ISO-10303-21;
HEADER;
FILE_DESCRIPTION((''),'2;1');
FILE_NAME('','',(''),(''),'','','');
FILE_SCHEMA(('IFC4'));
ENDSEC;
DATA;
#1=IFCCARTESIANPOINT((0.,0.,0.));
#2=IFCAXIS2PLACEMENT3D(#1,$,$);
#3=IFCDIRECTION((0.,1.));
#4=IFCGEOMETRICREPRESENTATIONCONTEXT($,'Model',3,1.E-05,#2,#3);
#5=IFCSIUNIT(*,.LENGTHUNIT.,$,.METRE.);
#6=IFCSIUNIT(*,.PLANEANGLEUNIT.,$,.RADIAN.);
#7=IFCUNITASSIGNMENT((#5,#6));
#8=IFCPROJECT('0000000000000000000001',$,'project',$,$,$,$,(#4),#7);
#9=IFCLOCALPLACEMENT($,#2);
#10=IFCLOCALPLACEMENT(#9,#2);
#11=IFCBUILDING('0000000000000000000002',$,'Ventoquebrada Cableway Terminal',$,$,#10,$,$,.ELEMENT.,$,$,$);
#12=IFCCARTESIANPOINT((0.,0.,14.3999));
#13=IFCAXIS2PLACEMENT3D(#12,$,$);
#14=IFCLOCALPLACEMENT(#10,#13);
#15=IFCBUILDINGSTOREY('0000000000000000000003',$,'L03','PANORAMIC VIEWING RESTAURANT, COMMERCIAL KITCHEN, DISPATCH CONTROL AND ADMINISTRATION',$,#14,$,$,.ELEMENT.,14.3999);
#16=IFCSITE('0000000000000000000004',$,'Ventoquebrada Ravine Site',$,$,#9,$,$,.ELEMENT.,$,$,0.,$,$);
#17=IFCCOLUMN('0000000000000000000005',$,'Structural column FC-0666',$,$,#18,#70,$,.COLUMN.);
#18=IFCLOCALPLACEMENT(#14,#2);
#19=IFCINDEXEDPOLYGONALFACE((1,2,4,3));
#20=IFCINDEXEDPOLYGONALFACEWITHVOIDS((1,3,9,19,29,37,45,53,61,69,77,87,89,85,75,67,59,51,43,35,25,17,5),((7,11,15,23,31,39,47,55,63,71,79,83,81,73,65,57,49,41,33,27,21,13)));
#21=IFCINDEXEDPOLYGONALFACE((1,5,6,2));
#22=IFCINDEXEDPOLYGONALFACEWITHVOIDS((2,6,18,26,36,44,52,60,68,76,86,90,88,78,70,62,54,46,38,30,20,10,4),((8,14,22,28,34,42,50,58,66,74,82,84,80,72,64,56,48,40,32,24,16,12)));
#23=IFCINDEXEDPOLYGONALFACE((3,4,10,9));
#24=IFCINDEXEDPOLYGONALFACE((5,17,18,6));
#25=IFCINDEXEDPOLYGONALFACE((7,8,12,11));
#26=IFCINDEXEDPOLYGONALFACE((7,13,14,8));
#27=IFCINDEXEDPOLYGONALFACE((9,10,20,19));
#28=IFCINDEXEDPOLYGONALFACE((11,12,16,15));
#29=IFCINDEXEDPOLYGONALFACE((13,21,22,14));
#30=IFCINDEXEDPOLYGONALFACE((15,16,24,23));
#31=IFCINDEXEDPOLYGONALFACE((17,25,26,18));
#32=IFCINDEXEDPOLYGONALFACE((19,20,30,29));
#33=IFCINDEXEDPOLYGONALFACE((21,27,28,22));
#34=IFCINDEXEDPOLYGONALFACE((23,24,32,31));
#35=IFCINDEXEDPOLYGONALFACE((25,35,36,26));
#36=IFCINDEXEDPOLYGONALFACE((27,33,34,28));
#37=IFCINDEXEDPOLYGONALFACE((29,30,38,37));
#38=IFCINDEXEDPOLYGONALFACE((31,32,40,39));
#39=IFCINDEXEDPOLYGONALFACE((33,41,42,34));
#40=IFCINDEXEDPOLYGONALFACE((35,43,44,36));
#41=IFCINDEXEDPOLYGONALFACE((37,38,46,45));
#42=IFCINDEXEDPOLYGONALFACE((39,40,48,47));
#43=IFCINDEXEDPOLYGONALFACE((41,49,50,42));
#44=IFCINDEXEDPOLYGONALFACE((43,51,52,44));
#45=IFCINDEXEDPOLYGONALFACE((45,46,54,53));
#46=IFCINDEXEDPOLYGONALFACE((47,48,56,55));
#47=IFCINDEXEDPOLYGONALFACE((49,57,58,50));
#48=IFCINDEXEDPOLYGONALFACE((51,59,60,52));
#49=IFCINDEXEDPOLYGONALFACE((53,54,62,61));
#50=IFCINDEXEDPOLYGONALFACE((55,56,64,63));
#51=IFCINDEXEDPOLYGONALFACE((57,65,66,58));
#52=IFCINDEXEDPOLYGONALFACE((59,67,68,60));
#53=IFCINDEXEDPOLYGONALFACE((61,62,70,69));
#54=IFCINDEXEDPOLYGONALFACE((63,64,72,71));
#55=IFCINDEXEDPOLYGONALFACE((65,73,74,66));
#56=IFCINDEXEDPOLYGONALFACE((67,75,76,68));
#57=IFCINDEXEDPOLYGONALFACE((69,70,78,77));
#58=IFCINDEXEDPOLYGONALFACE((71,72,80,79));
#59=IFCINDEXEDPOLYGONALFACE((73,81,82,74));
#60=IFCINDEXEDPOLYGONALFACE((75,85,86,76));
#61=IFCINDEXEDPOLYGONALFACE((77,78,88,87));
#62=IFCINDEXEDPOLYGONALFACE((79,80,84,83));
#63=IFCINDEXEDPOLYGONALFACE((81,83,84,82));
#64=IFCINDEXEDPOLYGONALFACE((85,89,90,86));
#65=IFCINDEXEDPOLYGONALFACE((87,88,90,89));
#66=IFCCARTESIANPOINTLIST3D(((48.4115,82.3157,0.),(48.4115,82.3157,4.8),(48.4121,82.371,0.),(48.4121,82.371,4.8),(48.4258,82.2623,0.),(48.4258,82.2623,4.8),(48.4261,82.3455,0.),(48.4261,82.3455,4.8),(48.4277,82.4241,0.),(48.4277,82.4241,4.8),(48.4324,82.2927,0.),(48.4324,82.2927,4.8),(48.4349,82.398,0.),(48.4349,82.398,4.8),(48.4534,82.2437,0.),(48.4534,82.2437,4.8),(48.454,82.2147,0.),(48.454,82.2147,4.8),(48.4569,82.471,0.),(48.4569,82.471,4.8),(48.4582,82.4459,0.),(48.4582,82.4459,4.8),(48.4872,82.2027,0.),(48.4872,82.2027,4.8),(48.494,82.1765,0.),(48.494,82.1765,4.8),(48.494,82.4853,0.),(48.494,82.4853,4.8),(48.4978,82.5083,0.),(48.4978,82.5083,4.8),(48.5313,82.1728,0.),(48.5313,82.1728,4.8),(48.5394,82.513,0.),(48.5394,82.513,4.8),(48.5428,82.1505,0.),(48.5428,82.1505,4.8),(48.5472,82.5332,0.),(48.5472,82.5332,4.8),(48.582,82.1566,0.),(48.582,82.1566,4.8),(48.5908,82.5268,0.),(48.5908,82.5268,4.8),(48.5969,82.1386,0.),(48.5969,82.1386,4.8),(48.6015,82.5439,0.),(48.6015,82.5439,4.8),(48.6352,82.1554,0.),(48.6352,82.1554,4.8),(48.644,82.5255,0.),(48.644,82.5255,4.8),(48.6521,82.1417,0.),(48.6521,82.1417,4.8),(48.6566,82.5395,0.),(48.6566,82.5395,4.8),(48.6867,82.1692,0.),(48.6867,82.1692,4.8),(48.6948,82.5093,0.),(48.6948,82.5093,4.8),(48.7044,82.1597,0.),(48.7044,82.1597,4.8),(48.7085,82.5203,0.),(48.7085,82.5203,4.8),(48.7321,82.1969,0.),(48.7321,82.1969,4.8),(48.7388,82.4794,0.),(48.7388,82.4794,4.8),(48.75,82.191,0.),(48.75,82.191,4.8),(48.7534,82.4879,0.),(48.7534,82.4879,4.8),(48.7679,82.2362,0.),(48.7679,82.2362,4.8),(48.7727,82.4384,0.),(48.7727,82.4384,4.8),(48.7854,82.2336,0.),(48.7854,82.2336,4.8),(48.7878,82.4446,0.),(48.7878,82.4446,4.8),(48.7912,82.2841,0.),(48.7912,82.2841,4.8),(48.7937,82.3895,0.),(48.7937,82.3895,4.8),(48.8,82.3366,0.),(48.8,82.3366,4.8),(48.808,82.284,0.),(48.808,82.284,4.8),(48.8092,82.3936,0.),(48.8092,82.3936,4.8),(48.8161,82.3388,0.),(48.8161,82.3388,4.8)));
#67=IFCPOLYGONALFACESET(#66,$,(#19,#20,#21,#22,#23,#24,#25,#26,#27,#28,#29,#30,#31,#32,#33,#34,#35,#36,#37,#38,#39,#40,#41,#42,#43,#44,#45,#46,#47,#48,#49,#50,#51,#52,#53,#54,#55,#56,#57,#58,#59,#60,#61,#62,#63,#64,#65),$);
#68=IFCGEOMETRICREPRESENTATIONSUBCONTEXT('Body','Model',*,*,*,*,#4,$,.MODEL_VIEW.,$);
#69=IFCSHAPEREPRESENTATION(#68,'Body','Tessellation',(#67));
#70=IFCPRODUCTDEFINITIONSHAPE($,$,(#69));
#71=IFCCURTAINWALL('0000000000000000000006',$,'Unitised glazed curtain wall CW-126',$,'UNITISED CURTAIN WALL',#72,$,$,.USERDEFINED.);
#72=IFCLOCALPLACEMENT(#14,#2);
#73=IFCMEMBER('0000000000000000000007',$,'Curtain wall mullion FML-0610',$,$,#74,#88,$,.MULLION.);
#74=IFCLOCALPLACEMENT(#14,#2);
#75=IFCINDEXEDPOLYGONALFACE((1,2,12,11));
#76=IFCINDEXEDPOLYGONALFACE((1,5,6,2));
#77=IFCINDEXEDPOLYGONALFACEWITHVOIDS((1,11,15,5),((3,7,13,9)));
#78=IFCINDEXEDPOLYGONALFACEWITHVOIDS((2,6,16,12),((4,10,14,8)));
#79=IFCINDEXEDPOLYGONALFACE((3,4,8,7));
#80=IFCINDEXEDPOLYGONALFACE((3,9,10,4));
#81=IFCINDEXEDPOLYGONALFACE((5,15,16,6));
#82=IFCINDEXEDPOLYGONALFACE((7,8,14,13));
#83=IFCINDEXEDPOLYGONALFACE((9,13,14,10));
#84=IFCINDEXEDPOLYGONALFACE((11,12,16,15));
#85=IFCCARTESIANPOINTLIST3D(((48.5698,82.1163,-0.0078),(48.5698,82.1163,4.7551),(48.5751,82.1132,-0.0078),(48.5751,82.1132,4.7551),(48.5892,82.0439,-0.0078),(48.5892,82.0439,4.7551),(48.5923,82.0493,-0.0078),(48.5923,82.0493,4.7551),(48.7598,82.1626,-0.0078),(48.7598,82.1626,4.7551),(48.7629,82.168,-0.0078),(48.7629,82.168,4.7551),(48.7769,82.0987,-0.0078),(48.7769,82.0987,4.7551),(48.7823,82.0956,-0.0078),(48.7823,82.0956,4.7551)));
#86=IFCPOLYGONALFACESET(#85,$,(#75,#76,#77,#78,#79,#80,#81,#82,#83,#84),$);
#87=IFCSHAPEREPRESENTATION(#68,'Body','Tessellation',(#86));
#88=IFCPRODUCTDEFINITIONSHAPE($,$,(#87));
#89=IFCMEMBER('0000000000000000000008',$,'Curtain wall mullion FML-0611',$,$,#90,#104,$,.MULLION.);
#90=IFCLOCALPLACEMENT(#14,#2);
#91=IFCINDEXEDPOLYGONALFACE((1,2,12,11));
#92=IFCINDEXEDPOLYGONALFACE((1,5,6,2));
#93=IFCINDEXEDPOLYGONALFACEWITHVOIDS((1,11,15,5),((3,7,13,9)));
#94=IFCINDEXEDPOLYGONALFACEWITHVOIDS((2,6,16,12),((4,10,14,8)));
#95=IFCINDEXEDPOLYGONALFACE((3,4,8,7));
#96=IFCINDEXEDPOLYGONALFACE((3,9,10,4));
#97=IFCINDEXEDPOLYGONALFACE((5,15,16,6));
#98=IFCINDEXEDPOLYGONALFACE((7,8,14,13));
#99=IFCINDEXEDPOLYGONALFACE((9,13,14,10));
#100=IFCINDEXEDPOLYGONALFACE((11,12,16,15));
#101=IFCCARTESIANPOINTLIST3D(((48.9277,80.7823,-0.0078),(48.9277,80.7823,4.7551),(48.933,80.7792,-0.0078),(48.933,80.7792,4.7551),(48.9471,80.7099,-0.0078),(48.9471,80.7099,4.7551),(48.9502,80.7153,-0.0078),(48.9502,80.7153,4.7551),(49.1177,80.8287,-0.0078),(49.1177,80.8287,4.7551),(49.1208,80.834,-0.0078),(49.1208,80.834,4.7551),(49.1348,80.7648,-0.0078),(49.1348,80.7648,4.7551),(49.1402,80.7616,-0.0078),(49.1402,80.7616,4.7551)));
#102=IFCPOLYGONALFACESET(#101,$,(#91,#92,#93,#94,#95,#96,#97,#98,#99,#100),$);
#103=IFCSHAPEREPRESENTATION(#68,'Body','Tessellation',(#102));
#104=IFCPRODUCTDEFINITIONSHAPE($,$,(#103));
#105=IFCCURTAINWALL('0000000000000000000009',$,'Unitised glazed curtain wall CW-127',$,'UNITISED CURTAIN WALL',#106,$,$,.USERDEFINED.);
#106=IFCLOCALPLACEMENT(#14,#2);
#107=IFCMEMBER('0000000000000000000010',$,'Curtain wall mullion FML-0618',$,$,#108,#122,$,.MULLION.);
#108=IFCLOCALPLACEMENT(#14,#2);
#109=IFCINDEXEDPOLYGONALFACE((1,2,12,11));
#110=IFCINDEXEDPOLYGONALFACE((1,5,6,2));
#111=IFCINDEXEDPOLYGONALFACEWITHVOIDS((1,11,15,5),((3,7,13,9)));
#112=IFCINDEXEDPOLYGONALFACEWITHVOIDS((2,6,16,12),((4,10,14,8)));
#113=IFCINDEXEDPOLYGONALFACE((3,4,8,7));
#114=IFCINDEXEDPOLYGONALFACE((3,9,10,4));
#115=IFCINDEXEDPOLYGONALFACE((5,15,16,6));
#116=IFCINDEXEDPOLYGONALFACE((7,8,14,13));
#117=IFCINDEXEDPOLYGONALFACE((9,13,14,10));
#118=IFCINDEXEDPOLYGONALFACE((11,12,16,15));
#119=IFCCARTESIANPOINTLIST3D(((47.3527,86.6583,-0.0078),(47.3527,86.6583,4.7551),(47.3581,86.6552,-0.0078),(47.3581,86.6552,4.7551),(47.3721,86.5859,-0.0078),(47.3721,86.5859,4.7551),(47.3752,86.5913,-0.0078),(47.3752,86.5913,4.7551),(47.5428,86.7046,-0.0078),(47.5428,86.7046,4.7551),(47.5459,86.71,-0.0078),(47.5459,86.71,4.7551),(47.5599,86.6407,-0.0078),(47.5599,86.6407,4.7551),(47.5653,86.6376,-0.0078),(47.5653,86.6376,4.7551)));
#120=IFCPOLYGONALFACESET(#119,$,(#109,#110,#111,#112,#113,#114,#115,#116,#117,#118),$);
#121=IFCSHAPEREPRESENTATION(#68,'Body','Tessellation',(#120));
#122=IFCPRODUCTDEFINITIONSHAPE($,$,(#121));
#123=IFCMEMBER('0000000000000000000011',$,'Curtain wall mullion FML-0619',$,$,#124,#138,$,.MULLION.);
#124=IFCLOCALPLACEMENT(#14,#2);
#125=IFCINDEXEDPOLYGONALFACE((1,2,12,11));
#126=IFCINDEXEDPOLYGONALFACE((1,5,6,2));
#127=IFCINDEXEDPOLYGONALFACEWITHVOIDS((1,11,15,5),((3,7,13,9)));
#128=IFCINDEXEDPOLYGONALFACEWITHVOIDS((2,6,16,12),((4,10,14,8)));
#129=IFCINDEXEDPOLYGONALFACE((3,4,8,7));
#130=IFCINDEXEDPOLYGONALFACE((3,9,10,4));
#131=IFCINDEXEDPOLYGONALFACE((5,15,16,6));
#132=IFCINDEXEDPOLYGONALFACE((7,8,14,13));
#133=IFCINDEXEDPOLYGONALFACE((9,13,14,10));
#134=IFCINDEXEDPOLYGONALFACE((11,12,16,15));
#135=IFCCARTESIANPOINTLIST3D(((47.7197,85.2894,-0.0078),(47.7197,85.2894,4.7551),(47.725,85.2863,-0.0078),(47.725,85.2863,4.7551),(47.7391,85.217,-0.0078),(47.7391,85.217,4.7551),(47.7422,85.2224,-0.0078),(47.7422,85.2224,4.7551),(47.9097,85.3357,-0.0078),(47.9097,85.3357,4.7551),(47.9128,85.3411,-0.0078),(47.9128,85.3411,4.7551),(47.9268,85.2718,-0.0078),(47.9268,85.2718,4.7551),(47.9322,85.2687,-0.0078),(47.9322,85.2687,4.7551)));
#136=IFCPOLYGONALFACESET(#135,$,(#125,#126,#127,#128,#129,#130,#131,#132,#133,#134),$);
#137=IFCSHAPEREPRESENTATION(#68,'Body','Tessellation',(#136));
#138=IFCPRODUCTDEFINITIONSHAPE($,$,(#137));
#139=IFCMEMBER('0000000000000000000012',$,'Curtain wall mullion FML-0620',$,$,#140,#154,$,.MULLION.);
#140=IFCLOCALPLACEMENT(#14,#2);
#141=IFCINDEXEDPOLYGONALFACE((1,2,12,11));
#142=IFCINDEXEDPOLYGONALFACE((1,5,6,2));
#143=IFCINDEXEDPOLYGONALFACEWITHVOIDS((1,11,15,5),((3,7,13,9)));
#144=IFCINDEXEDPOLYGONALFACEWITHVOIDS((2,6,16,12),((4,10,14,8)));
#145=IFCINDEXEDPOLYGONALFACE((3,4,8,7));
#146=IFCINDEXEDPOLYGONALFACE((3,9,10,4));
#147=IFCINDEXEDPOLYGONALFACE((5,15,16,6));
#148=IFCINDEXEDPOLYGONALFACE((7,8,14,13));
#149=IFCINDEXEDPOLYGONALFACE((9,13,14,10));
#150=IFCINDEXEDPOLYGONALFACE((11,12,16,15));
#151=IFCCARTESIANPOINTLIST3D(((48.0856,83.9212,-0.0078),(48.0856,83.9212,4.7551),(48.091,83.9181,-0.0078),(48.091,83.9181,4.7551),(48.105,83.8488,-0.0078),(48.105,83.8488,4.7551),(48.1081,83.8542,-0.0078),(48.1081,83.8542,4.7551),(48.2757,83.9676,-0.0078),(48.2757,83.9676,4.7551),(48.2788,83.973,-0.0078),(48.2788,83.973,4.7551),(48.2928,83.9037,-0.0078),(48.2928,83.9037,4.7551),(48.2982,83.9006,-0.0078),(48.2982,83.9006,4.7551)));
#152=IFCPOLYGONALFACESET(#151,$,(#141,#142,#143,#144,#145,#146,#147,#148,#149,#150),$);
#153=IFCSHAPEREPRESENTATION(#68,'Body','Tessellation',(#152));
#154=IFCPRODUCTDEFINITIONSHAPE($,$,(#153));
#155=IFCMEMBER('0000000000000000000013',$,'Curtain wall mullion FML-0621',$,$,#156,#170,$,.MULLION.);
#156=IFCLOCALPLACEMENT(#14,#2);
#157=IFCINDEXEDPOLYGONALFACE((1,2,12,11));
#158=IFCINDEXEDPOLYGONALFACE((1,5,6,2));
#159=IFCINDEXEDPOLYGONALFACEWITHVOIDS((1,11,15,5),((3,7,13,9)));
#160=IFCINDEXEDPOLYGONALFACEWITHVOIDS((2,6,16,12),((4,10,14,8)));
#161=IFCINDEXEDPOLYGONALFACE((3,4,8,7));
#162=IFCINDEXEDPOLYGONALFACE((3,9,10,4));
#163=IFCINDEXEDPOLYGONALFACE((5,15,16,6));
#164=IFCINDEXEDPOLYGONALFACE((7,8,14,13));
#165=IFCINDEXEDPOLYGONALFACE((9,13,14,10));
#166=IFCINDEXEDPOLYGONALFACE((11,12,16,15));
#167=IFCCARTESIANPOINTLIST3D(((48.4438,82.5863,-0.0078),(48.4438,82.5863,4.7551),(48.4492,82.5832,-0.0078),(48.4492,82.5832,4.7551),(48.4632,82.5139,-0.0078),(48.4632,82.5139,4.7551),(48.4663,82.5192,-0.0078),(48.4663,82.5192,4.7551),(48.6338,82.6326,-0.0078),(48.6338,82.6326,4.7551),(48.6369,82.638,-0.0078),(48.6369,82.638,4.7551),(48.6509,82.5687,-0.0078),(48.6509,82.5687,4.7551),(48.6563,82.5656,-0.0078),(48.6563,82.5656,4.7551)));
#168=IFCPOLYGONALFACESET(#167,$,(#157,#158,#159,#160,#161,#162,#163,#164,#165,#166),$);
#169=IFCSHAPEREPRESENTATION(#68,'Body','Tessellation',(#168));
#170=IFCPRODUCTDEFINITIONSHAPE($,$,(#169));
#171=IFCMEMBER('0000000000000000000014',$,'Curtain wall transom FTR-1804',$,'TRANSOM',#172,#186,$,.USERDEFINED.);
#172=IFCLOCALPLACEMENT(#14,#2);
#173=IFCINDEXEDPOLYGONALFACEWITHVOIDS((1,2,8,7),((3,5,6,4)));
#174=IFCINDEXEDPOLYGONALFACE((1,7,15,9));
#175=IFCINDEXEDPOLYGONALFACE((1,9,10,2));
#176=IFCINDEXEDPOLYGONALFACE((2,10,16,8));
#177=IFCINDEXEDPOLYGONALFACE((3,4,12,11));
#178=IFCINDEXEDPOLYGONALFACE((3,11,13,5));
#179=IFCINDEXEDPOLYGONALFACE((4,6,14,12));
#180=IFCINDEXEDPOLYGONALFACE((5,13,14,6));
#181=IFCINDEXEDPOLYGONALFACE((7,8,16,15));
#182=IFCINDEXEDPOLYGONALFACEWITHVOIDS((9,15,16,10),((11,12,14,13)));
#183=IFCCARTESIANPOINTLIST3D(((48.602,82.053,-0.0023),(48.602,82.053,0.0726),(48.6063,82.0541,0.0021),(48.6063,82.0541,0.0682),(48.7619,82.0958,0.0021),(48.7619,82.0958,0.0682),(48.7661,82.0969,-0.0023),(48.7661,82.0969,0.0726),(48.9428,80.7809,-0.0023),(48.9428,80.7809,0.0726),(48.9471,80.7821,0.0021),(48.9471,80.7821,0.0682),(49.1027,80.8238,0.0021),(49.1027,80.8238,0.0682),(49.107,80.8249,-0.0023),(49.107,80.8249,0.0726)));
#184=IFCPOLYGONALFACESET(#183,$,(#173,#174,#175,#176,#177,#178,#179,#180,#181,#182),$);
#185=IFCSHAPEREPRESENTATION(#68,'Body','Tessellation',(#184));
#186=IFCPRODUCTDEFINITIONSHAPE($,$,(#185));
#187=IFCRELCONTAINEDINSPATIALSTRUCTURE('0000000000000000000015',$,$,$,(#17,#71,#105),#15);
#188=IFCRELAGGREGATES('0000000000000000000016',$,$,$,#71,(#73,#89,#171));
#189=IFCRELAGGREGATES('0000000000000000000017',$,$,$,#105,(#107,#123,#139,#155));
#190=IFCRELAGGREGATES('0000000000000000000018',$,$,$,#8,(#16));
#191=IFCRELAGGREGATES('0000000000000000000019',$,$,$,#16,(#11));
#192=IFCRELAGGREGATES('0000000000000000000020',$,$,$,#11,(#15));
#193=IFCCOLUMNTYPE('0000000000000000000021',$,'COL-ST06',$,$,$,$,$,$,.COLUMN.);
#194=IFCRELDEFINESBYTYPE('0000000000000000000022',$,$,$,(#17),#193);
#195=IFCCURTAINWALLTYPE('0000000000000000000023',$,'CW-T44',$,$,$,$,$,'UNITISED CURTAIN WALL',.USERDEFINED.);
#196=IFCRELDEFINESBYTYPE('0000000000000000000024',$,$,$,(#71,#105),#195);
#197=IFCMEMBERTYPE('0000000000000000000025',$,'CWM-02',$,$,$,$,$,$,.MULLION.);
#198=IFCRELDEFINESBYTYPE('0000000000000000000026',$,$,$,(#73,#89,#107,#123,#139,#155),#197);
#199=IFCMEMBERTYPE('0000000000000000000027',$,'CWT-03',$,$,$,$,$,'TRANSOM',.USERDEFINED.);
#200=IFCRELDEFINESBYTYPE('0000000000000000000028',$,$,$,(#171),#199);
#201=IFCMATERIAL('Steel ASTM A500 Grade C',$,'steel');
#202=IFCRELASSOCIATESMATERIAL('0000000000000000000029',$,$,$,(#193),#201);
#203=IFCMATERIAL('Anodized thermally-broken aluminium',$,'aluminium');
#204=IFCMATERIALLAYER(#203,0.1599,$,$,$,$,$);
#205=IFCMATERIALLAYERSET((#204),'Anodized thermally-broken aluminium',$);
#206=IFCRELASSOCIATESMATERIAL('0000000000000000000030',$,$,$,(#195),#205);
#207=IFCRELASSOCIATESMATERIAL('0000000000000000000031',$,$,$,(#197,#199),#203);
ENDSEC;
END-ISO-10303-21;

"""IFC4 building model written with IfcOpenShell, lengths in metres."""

from ifc_helpers import new_model, si_unit, direction, frame, origin, origin_2d, place, context, subcontext, project, spatial, hollow_rectangle, hollow_circle, extrude, material, layer, layer_set, material_profile, profile_set, type_object, element, aggregate, save


model = new_model("IFC4")

# Units and contexts
model_context = context("Model", 3, precision=1e-05, world=origin(), true_north=direction((0.0, 1.0)))
body_context = subcontext(model_context, "Body", "Model", "MODEL_VIEW")
ifc_project = project(units=[si_unit("LENGTHUNIT", "METRE"), si_unit("PLANEANGLEUNIT", "RADIAN")], contexts=[model_context])

# Site, building, storey
site_placement = place(None, origin())
site = spatial("IfcSite", under=ifc_project, at=site_placement, Name="Ventoquebrada Ravine Site", CompositionType="ELEMENT", RefElevation=0.0)
building_placement = place(site_placement, origin())
building = spatial("IfcBuilding", under=site, at=building_placement, Name="Ventoquebrada Cableway Terminal", CompositionType="ELEMENT")
storey_placement = place(building_placement, frame((0.0, 0.0, 14.3999)))
storey = spatial("IfcBuildingStorey", under=building, at=storey_placement, Name="L03", Description="PANORAMIC VIEWING RESTAURANT, COMMERCIAL KITCHEN, DISPATCH CONTROL AND ADMINISTRATION", CompositionType="ELEMENT", Elevation=14.3999)

# Column
ifc_material_1 = material(Name="Steel ASTM A500 Grade C", Category="steel")
ifc_material_profile_1 = material_profile(ifc_material_1, hollow_circle(Radius=0.2031, WallThickness=0.0161, at=origin_2d()), Name="CHS406.4X16")
ifc_profile_set_1 = profile_set([ifc_material_profile_1], Name="Steel ASTM A500 Grade C")
column_type = type_object("IfcColumnType", Name="COL-ST06", PredefinedType="COLUMN", material=ifc_profile_set_1)
column_placement = place(storey_placement, frame((48.613, 82.3411, 0.0), z_axis=(0.0, 0.0, 1.0), x_axis=(0.965926, 0.258819, 0.0)))
element("IfcColumn", 1, at=column_placement, inside=storey, type_object=column_type, Name="Structural column FC-0666", PredefinedType="COLUMN", context=body_context, shape_type="SweptSolid", body=[
    extrude(hollow_circle(Radius=0.2031, WallThickness=0.0161, at=origin_2d()), origin(), (0.0, 0.0, 1.0), 4.8),
])

# Curtain walls, members
ifc_material_2 = material(Name="Anodized thermally-broken aluminium", Category="aluminium")
ifc_layer_1 = layer(ifc_material_2, 0.1599)
ifc_layer_set_1 = layer_set([ifc_layer_1], Name="Anodized thermally-broken aluminium")
curtain_wall_type = type_object("IfcCurtainWallType", Name="CW-T44", ElementType="UNITISED CURTAIN WALL", PredefinedType="USERDEFINED", material=ifc_layer_set_1)
curtain_wall_1_placement = place(storey_placement, origin())
curtain_wall_1 = element("IfcCurtainWall", 2, at=curtain_wall_1_placement, inside=storey, type_object=curtain_wall_type, Name="Unitised glazed curtain wall CW-126", ObjectType="UNITISED CURTAIN WALL", PredefinedType="USERDEFINED")
ifc_material_profile_2 = material_profile(ifc_material_2, hollow_rectangle(XDim=0.075, YDim=0.2, WallThickness=0.0044, at=origin_2d()), Name="CW-MUL-75X200")
ifc_profile_set_2 = profile_set([ifc_material_profile_2], Name="Anodized thermally-broken aluminium")
member_type_1 = type_object("IfcMemberType", Name="CWM-02", PredefinedType="MULLION", material=ifc_profile_set_2)
member_1_placement = place(storey_placement, frame((48.676, 82.106, -0.0078), z_axis=(0.0, 0.0, 1.0), x_axis=(0.258785, -0.965935, 0.0)))
member_1 = element("IfcMember", 3, at=member_1_placement, type_object=member_type_1, Name="Curtain wall mullion FML-0610", PredefinedType="MULLION", context=body_context, shape_type="SweptSolid", body=[
    extrude(hollow_rectangle(XDim=0.075, YDim=0.2, WallThickness=0.0044, at=origin_2d()), origin(), (0.0, 0.0, 1.0), 4.7629),
])
member_2_placement = place(storey_placement, frame((49.0339, 80.772, -0.0078), z_axis=(0.0, 0.0, 1.0), x_axis=(0.258785, -0.965935, 0.0)))
member_2 = element("IfcMember", 4, at=member_2_placement, type_object=member_type_1, Name="Curtain wall mullion FML-0611", PredefinedType="MULLION", context=body_context, shape_type="SweptSolid", body=[
    extrude(hollow_rectangle(XDim=0.075, YDim=0.2, WallThickness=0.0044, at=origin_2d()), origin(), (0.0, 0.0, 1.0), 4.7629),
])
curtain_wall_2_placement = place(storey_placement, origin())
curtain_wall_2 = element("IfcCurtainWall", 5, at=curtain_wall_2_placement, inside=storey, type_object=curtain_wall_type, Name="Unitised glazed curtain wall CW-127", ObjectType="UNITISED CURTAIN WALL", PredefinedType="USERDEFINED")
member_3_placement = place(storey_placement, frame((47.459, 86.6479, -0.0078), z_axis=(0.0, 0.0, 1.0), x_axis=(0.258735, -0.965948, 0.0)))
member_3 = element("IfcMember", 6, at=member_3_placement, type_object=member_type_1, Name="Curtain wall mullion FML-0618", PredefinedType="MULLION", context=body_context, shape_type="SweptSolid", body=[
    extrude(hollow_rectangle(XDim=0.075, YDim=0.2, WallThickness=0.0044, at=origin_2d()), origin(), (0.0, 0.0, 1.0), 4.7629),
])
member_4_placement = place(storey_placement, frame((47.8259, 85.2791, -0.0078), z_axis=(0.0, 0.0, 1.0), x_axis=(0.258735, -0.965948, 0.0)))
member_4 = element("IfcMember", 7, at=member_4_placement, type_object=member_type_1, Name="Curtain wall mullion FML-0619", PredefinedType="MULLION", context=body_context, shape_type="SweptSolid", body=[
    extrude(hollow_rectangle(XDim=0.075, YDim=0.2, WallThickness=0.0044, at=origin_2d()), origin(), (0.0, 0.0, 1.0), 4.7629),
])
member_5_placement = place(storey_placement, frame((48.1919, 83.9109, -0.0078), z_axis=(0.0, 0.0, 1.0), x_axis=(0.258735, -0.965948, 0.0)))
member_5 = element("IfcMember", 8, at=member_5_placement, type_object=member_type_1, Name="Curtain wall mullion FML-0620", PredefinedType="MULLION", context=body_context, shape_type="SweptSolid", body=[
    extrude(hollow_rectangle(XDim=0.075, YDim=0.2, WallThickness=0.0044, at=origin_2d()), origin(), (0.0, 0.0, 1.0), 4.7629),
])
member_6_placement = place(storey_placement, frame((48.55, 82.5759, -0.0078), z_axis=(0.0, 0.0, 1.0), x_axis=(0.258735, -0.965948, 0.0)))
member_6 = element("IfcMember", 9, at=member_6_placement, type_object=member_type_1, Name="Curtain wall mullion FML-0621", PredefinedType="MULLION", context=body_context, shape_type="SweptSolid", body=[
    extrude(hollow_rectangle(XDim=0.075, YDim=0.2, WallThickness=0.0044, at=origin_2d()), origin(), (0.0, 0.0, 1.0), 4.7629),
])

# Member
ifc_material_profile_3 = material_profile(ifc_material_2, hollow_rectangle(XDim=0.075, YDim=0.1699, WallThickness=0.0044, at=origin_2d()), Name="CW-TRN-75X170")
ifc_profile_set_3 = profile_set([ifc_material_profile_3], Name="Anodized thermally-broken aluminium")
member_type_2 = type_object("IfcMemberType", Name="CWT-03", ElementType="TRANSOM", PredefinedType="USERDEFINED", material=ifc_profile_set_3)
member_7_placement = place(storey_placement, frame((48.6841, 82.075, 0.0352), z_axis=(0.258816, -0.965927, 0.0), x_axis=(0.0, 0.0, 1.0)))
member_7 = element("IfcMember", 10, at=member_7_placement, type_object=member_type_2, Name="Curtain wall transom FTR-1804", ObjectType="TRANSOM", PredefinedType="USERDEFINED", context=body_context, shape_type="SweptSolid", body=[
    extrude(hollow_rectangle(XDim=0.075, YDim=0.1699, WallThickness=0.0044, at=origin_2d()), origin(), (0.0, 0.0, 1.0), 1.3169),
])

aggregate(curtain_wall_1, [member_1, member_2, member_7])
aggregate(curtain_wall_2, [member_3, member_4, member_5, member_6])

save(model, "model.ifc")
